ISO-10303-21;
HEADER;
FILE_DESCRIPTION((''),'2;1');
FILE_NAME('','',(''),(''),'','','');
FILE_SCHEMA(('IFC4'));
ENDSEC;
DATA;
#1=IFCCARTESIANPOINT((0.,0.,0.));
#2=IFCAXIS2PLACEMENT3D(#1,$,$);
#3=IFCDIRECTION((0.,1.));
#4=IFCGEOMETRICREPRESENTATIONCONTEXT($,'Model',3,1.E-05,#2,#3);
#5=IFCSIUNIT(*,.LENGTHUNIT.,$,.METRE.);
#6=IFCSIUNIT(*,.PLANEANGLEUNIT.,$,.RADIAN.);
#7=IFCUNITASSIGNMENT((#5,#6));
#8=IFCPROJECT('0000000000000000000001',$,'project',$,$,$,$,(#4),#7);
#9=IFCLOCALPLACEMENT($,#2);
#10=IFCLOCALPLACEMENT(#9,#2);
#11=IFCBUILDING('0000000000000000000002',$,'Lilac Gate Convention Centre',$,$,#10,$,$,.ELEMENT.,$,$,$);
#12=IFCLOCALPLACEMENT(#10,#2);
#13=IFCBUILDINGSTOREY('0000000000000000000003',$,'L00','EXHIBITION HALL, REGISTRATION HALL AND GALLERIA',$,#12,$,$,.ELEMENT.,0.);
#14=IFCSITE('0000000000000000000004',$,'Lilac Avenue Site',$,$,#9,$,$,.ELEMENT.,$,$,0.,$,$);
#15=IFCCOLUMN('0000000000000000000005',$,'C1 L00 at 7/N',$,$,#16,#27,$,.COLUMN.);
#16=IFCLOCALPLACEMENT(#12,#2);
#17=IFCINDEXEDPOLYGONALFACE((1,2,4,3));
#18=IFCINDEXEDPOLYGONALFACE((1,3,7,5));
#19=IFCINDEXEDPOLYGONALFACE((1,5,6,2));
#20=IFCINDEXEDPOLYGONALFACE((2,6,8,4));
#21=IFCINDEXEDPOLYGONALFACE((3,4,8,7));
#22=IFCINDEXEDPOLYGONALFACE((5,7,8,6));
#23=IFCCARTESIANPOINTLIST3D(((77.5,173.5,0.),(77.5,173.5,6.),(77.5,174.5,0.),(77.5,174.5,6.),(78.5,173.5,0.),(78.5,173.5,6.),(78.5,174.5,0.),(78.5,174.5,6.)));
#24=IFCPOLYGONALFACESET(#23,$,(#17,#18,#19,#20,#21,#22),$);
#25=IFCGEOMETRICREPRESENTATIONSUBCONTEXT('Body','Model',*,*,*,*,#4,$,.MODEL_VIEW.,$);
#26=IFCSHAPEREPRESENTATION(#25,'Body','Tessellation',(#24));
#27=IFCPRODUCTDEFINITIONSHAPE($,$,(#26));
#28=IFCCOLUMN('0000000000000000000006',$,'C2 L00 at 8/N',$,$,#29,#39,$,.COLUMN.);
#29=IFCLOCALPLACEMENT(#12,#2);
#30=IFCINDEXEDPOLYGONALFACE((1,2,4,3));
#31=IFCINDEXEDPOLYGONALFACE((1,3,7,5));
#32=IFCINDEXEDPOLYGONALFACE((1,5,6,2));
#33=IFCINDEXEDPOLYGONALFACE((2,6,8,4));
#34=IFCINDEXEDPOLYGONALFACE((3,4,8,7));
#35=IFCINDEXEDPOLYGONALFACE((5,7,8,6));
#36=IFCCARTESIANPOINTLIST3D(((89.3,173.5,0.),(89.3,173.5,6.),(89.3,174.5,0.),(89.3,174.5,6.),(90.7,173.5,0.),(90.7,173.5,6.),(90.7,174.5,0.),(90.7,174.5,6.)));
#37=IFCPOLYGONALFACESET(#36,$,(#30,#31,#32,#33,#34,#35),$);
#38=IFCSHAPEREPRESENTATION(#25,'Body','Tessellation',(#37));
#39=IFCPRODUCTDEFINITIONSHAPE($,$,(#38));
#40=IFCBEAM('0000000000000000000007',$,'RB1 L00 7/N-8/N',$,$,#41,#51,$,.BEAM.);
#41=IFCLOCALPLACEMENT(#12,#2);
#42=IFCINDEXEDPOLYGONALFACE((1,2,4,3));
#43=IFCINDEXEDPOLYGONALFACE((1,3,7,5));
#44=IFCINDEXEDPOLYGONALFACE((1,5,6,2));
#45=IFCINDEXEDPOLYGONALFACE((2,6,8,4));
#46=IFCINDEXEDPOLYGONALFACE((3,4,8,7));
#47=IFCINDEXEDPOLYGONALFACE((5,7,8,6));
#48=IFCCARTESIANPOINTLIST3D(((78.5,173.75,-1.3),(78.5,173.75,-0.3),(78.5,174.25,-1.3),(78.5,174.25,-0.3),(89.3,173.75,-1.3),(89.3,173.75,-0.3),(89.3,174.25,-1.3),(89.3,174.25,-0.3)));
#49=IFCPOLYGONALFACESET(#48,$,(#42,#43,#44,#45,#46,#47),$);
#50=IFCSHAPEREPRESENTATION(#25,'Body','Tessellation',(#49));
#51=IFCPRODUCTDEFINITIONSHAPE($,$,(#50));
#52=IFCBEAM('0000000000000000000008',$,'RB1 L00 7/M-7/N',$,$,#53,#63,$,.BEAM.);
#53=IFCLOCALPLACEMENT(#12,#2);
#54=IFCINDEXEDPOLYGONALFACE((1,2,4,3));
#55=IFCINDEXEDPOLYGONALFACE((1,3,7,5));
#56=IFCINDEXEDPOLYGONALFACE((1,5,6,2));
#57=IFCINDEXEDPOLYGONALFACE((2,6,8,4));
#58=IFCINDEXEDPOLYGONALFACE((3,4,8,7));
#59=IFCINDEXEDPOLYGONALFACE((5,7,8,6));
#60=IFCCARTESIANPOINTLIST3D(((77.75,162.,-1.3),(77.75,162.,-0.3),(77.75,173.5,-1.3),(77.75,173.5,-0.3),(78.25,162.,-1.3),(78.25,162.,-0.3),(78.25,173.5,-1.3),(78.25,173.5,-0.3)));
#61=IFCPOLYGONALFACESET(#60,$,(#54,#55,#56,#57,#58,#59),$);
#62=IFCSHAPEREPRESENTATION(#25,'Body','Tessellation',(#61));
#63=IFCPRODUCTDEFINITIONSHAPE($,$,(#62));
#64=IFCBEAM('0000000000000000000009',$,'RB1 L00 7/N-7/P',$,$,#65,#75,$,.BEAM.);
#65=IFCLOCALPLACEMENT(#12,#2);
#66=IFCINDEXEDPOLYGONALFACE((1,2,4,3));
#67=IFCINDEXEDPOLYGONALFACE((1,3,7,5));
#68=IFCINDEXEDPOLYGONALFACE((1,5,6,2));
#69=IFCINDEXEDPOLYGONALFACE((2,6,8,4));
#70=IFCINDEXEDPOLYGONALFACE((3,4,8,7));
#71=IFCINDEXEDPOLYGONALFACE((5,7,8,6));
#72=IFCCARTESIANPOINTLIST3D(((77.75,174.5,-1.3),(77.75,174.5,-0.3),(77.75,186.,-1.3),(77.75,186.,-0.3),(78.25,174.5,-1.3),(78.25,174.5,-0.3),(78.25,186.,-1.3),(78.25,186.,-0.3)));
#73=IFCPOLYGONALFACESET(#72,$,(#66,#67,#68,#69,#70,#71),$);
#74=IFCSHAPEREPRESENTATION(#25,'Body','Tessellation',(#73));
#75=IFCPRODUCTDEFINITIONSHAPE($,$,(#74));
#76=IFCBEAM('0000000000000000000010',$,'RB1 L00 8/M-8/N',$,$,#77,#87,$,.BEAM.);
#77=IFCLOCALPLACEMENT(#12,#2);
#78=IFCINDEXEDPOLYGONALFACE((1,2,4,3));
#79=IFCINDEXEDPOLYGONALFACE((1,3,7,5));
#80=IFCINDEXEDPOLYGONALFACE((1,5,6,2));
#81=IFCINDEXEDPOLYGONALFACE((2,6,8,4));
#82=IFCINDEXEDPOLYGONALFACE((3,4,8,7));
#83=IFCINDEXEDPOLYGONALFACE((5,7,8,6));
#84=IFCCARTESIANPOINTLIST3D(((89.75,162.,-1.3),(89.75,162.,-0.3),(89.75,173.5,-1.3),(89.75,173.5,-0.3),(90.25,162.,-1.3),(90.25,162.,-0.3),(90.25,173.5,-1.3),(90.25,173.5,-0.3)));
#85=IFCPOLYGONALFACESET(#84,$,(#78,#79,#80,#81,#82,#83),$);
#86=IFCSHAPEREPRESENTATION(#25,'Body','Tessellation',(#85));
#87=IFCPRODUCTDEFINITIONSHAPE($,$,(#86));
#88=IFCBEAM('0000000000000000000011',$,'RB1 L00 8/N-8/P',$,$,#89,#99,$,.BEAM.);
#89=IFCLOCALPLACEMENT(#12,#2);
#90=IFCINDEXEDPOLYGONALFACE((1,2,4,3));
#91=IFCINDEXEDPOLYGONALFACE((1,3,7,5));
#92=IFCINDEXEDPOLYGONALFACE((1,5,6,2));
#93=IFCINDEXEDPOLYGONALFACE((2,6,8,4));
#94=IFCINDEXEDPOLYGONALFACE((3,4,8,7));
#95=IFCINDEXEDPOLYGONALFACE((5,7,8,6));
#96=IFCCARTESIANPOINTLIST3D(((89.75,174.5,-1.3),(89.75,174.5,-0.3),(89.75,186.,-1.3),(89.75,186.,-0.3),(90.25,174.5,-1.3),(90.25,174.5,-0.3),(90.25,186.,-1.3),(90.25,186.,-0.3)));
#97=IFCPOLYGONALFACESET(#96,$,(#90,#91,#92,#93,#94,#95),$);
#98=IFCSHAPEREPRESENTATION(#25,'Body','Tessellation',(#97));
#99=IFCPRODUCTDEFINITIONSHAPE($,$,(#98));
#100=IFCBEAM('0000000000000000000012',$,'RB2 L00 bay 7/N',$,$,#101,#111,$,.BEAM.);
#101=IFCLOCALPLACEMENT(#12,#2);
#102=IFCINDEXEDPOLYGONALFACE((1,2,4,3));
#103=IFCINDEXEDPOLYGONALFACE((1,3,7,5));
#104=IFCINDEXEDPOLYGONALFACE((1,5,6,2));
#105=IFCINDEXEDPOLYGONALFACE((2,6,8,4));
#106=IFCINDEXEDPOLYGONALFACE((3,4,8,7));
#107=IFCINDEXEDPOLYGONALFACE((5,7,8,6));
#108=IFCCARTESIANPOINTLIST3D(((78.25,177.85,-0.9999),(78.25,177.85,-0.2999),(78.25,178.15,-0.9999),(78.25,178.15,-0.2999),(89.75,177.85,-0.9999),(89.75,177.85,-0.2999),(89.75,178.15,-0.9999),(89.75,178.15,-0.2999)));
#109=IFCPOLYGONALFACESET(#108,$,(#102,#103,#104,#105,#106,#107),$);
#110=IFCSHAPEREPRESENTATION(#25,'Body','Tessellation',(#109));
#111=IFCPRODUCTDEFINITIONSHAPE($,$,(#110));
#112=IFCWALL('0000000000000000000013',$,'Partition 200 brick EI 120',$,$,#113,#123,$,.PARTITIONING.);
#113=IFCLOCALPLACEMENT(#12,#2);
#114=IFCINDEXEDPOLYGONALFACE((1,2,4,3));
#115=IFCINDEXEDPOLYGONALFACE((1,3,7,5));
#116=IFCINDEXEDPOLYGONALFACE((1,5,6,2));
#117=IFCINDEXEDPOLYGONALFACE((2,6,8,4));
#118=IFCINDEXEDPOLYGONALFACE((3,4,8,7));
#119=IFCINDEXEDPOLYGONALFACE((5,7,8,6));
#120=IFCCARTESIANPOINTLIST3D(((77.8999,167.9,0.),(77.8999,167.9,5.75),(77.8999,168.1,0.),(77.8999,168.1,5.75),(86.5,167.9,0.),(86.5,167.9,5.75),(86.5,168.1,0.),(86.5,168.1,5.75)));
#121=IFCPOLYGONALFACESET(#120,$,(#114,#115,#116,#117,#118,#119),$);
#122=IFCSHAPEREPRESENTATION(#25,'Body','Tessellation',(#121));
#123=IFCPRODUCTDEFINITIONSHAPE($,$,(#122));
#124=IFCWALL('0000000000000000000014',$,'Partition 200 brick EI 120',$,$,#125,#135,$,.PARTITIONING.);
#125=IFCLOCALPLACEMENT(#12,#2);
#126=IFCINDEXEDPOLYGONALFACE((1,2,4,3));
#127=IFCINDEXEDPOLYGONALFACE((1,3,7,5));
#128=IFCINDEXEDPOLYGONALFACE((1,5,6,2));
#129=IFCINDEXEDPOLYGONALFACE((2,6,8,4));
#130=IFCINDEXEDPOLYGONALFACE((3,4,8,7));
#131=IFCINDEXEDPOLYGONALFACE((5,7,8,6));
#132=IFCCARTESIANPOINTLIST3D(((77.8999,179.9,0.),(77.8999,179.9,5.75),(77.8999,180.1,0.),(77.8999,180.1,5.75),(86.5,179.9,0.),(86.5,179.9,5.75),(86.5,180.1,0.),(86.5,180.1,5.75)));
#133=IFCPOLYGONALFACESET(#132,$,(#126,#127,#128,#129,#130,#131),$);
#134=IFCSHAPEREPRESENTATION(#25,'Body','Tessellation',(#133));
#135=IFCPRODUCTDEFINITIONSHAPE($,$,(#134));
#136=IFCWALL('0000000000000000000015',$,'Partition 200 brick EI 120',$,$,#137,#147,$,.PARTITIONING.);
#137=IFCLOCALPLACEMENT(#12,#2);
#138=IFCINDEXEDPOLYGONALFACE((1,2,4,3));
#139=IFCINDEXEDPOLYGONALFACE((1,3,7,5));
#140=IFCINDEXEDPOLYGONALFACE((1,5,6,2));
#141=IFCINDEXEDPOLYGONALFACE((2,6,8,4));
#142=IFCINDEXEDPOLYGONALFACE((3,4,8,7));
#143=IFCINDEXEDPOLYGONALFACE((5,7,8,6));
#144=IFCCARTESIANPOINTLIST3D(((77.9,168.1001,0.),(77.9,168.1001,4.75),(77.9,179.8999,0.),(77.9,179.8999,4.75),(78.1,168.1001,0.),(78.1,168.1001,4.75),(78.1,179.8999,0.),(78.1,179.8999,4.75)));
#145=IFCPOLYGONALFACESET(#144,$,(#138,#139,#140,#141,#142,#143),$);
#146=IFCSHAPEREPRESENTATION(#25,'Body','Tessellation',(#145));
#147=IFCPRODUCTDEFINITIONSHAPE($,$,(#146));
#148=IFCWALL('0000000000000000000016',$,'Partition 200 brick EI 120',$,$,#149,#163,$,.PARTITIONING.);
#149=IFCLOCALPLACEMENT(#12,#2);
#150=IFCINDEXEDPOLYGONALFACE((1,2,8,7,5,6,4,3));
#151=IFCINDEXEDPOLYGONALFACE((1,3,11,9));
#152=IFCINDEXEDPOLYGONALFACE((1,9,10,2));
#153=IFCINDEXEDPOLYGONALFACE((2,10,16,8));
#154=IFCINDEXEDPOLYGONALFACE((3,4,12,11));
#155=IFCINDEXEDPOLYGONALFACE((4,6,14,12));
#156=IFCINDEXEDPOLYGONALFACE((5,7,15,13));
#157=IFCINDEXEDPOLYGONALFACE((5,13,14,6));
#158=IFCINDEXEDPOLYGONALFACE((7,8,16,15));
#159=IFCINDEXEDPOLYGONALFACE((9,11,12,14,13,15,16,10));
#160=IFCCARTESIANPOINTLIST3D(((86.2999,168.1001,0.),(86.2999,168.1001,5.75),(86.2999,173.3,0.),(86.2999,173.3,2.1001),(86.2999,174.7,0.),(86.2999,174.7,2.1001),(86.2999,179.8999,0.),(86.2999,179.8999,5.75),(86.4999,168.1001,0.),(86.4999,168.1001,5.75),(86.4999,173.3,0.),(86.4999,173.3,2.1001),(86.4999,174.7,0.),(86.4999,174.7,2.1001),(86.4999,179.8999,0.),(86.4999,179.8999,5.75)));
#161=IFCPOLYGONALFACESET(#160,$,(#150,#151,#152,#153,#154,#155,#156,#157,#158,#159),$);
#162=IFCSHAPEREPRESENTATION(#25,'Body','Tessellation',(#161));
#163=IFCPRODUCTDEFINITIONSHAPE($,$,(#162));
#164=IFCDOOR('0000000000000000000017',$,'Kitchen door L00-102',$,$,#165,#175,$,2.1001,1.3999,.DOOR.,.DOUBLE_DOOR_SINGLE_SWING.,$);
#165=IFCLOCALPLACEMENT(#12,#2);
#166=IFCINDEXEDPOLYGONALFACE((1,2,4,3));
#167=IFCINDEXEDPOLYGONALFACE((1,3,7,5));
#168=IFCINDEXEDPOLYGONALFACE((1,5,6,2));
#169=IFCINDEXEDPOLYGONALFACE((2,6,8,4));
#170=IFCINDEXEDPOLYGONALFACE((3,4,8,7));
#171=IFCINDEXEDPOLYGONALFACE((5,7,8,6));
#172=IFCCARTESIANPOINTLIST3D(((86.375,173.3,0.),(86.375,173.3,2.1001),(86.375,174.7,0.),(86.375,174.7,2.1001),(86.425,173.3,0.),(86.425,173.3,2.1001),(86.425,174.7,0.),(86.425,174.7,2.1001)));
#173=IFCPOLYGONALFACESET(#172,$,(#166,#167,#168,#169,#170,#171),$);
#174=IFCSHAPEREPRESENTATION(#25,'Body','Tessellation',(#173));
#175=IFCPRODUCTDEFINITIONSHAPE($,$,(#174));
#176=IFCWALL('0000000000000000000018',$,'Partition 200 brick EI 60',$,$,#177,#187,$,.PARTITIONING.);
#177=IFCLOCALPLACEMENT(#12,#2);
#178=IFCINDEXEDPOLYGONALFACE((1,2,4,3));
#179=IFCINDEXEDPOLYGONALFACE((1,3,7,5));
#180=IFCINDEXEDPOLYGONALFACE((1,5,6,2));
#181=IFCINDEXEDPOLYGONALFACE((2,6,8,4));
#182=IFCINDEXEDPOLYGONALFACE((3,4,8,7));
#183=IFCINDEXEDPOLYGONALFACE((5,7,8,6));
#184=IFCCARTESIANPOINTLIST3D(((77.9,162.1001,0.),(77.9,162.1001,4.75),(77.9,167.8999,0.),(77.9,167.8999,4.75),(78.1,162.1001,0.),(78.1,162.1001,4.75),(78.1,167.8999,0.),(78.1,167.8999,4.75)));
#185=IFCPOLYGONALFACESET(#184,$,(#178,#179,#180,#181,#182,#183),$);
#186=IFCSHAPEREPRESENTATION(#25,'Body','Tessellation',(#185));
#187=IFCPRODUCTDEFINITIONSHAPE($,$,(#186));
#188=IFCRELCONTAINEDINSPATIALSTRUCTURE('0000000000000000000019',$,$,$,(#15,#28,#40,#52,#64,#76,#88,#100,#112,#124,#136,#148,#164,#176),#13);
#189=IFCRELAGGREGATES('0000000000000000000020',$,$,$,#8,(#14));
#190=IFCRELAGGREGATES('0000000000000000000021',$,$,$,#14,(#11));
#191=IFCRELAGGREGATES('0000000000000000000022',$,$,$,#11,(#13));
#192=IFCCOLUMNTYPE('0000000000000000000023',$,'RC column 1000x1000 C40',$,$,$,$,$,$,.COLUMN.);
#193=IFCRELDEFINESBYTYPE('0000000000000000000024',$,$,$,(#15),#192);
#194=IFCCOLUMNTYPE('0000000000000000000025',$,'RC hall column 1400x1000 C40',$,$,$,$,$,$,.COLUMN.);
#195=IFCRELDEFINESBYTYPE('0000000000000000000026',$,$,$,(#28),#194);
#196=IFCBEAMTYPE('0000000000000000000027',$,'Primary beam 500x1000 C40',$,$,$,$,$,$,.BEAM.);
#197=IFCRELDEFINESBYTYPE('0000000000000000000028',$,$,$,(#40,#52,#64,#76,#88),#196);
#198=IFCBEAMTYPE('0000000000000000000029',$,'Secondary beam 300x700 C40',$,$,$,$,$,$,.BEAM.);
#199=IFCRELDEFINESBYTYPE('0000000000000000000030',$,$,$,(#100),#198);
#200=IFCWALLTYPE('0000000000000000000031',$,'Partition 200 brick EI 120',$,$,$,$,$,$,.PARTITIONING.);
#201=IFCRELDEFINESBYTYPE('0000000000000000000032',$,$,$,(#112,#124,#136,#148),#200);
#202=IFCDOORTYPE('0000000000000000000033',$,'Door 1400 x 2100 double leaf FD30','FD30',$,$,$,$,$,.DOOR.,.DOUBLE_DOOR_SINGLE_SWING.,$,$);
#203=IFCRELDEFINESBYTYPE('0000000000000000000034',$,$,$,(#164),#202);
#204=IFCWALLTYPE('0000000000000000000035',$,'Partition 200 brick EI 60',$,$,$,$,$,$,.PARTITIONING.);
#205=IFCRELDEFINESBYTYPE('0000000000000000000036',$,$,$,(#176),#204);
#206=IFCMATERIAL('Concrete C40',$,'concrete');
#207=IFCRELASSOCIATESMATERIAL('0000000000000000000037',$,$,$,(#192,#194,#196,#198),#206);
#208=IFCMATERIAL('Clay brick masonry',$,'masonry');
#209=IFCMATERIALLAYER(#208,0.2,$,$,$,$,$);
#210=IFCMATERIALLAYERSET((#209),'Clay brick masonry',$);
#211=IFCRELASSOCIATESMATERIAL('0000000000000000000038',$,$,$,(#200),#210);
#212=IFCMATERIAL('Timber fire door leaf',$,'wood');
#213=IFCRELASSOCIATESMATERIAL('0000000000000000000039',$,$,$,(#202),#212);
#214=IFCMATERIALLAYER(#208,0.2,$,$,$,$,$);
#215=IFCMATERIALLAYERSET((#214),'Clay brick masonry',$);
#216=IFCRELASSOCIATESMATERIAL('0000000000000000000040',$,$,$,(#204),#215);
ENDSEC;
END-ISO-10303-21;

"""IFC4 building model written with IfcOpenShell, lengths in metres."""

from ifc_helpers import new_model, si_unit, direction, frame, frame_2d, origin, origin_2d, place, context, subcontext, project, spatial, rectangle, extrude, material, layer, layer_set, material_profile, profile_set, type_object, element, fill, save


model = new_model("IFC4")

# Units and contexts
model_context = context("Model", 3, precision=1e-05, world=origin(), true_north=direction((0.0, 1.0)))
body_context = subcontext(model_context, "Body", "Model", "MODEL_VIEW")
ifc_project = project(units=[si_unit("LENGTHUNIT", "METRE"), si_unit("PLANEANGLEUNIT", "RADIAN")], contexts=[model_context])

# Site, building, storey
site_placement = place(None, origin())
site = spatial("IfcSite", under=ifc_project, at=site_placement, Name="Lilac Avenue Site", CompositionType="ELEMENT", RefElevation=0.0)
building_placement = place(site_placement, origin())
building = spatial("IfcBuilding", under=site, at=building_placement, Name="Lilac Gate Convention Centre", CompositionType="ELEMENT")
storey_placement = place(building_placement, origin())
storey = spatial("IfcBuildingStorey", under=building, at=storey_placement, Name="L00", Description="EXHIBITION HALL, REGISTRATION HALL AND GALLERIA", CompositionType="ELEMENT", Elevation=0.0)

# Columns
ifc_material_1 = material(Name="Concrete C40", Category="concrete")
ifc_material_profile_1 = material_profile(ifc_material_1, rectangle(XDim=1.0, YDim=1.0, at=origin_2d()), Name="RC 1000x1000")
ifc_profile_set_1 = profile_set([ifc_material_profile_1], Name="Concrete C40")
column_type_1 = type_object("IfcColumnType", Name="RC column 1000x1000 C40", PredefinedType="COLUMN", material=ifc_profile_set_1)
column_1_placement = place(storey_placement, frame((78.0, 174.0, 0.0), z_axis=(0.0, 0.0, 1.0), x_axis=(1.0, 0.0, 0.0)))
element("IfcColumn", 1, at=column_1_placement, inside=storey, type_object=column_type_1, Name="C1 L00 at 7/N", PredefinedType="COLUMN", context=body_context, shape_type="SweptSolid", body=[
    extrude(rectangle(XDim=1.0, YDim=1.0, at=origin_2d()), origin(), (0.0, 0.0, 1.0), 6.0),
])
ifc_material_profile_2 = material_profile(ifc_material_1, rectangle(XDim=1.3999, YDim=1.0, at=origin_2d()), Name="RC 1400x1000")
ifc_profile_set_2 = profile_set([ifc_material_profile_2], Name="Concrete C40")
column_type_2 = type_object("IfcColumnType", Name="RC hall column 1400x1000 C40", PredefinedType="COLUMN", material=ifc_profile_set_2)
column_2_placement = place(storey_placement, frame((90.0, 174.0, 0.0), z_axis=(0.0, 0.0, 1.0), x_axis=(1.0, 0.0, 0.0)))
element("IfcColumn", 2, at=column_2_placement, inside=storey, type_object=column_type_2, Name="C2 L00 at 8/N", PredefinedType="COLUMN", context=body_context, shape_type="SweptSolid", body=[
    extrude(rectangle(XDim=1.3999, YDim=1.0, at=origin_2d()), origin(), (0.0, 0.0, 1.0), 6.0),
])

# Beams
ifc_material_profile_3 = material_profile(ifc_material_1, rectangle(XDim=0.5, YDim=1.0, at=origin_2d()), Name="RC 500x1000")
ifc_profile_set_3 = profile_set([ifc_material_profile_3], Name="Concrete C40")
beam_type_1 = type_object("IfcBeamType", Name="Primary beam 500x1000 C40", PredefinedType="BEAM", material=ifc_profile_set_3)
beam_1_placement = place(storey_placement, frame((78.5, 174.0, -0.8), z_axis=(1.0, 0.0, 0.0), x_axis=(0.0, 1.0, 0.0)))
element("IfcBeam", 3, at=beam_1_placement, inside=storey, type_object=beam_type_1, Name="RB1 L00 7/N-8/N", PredefinedType="BEAM", context=body_context, shape_type="SweptSolid", body=[
    extrude(rectangle(XDim=0.5, YDim=1.0, at=origin_2d()), origin(), (0.0, 0.0, 1.0), 10.8),
])
for number, where, z_axis, x_axis, name in (
    (4, (78.0, 162.0, -0.8), (0.0, 1.0, 0.0), (-1.0, 0.0, 0.0), "RB1 L00 7/M-7/N"),
    (5, (78.0, 174.5, -0.8), (0.0, 1.0, 0.0), (-1.0, 0.0, 0.0), "RB1 L00 7/N-7/P"),
    (6, (90.0, 162.0, -0.8), (0.0, 1.0, 0.0), (-1.0, 0.0, 0.0), "RB1 L00 8/M-8/N"),
    (7, (90.0, 174.5, -0.8), (0.0, 1.0, 0.0), (-1.0, 0.0, 0.0), "RB1 L00 8/N-8/P"),
):
    element("IfcBeam", number, at=place(storey_placement, frame(where, z_axis=z_axis, x_axis=x_axis)), inside=storey, type_object=beam_type_1, Name=name, PredefinedType="BEAM", context=body_context, shape_type="SweptSolid", body=[
        extrude(rectangle(XDim=0.5, YDim=1.0, at=origin_2d()), origin(), (0.0, 0.0, 1.0), 11.5),
    ])
ifc_material_profile_4 = material_profile(ifc_material_1, rectangle(XDim=0.3, YDim=0.7, at=origin_2d()), Name="RC 300x700")
ifc_profile_set_4 = profile_set([ifc_material_profile_4], Name="Concrete C40")
beam_type_2 = type_object("IfcBeamType", Name="Secondary beam 300x700 C40", PredefinedType="BEAM", material=ifc_profile_set_4)
beam_2_placement = place(storey_placement, frame((78.25, 178.0, -0.6499), z_axis=(1.0, 0.0, 0.0), x_axis=(0.0, 1.0, 0.0)))
element("IfcBeam", 8, at=beam_2_placement, inside=storey, type_object=beam_type_2, Name="RB2 L00 bay 7/N", PredefinedType="BEAM", context=body_context, shape_type="SweptSolid", body=[
    extrude(rectangle(XDim=0.3, YDim=0.7, at=origin_2d()), origin(), (0.0, 0.0, 1.0), 11.5),
])

# Walls
ifc_material_2 = material(Name="Clay brick masonry", Category="masonry")
ifc_layer_1 = layer(ifc_material_2, 0.2)
ifc_layer_set_1 = layer_set([ifc_layer_1], Name="Clay brick masonry")
wall_type_1 = type_object("IfcWallType", Name="Partition 200 brick EI 120", PredefinedType="PARTITIONING", material=ifc_layer_set_1)
for number, where, z_axis, x_axis, name in (
    (9, (77.8999, 168.0, 0.0), (0.0, 0.0, 1.0), (1.0, 0.0, 0.0), "Partition 200 brick EI 120"),
    (10, (77.8999, 180.0, 0.0), (0.0, 0.0, 1.0), (1.0, 0.0, 0.0), "Partition 200 brick EI 120"),
):
    element("IfcWall", number, at=place(storey_placement, frame(where, z_axis=z_axis, x_axis=x_axis)), inside=storey, type_object=wall_type_1, Name=name, PredefinedType="PARTITIONING", context=body_context, shape_type="SweptSolid", body=[
        extrude(rectangle(XDim=8.6001, YDim=0.2, at=frame_2d((4.3, 0.0))), origin(), (0.0, 0.0, 1.0), 5.75),
    ])
wall_1_placement = place(storey_placement, frame((78.0, 168.1001, 0.0), z_axis=(0.0, 0.0, 1.0), x_axis=(0.0, 1.0, 0.0)))
element("IfcWall", 11, at=wall_1_placement, inside=storey, type_object=wall_type_1, Name="Partition 200 brick EI 120", PredefinedType="PARTITIONING", context=body_context, shape_type="SweptSolid", body=[
    extrude(rectangle(XDim=11.7998, YDim=0.2, at=frame_2d((5.8999, 0.0))), origin(), (0.0, 0.0, 1.0), 4.75),
])

# Wall, opening, door
wall_2_placement = place(storey_placement, frame((86.3999, 168.1001, 0.0), z_axis=(0.0, 0.0, 1.0), x_axis=(0.0, 1.0, 0.0)))
wall_2 = element("IfcWall", 12, at=wall_2_placement, inside=storey, type_object=wall_type_1, Name="Partition 200 brick EI 120", PredefinedType="PARTITIONING", context=body_context, shape_type="SweptSolid", body=[
    extrude(rectangle(XDim=11.7998, YDim=0.2, at=frame_2d((5.8999, 0.0))), origin(), (0.0, 0.0, 1.0), 5.75),
])
opening_1_placement = place(wall_2_placement, frame((5.2, 0.0, 0.0)))
opening_1 = element("IfcOpeningElement", 13, at=opening_1_placement, cuts=wall_2, PredefinedType="OPENING", context=body_context, shape_type="SweptSolid", body=[
    extrude(rectangle(XDim=1.3999, YDim=2.1001, at=frame_2d((0.7, 1.05))), frame((0.0, 0.1099, 0.0), z_axis=(0.0, -1.0, 0.0), x_axis=(1.0, 0.0, 0.0)), (0.0, 0.0, 1.0), 0.22),
])
ifc_material_3 = material(Name="Timber fire door leaf", Category="wood")
door_type_1 = type_object("IfcDoorType", Name="Door 1400 x 2100 double leaf FD30", Description="FD30", OperationType="DOUBLE_DOOR_SINGLE_SWING", PredefinedType="DOOR", material=ifc_material_3)
door_1_placement = place(opening_1_placement, origin())
door_1 = element("IfcDoor", 14, at=door_1_placement, inside=storey, type_object=door_type_1, Name="Kitchen door L00-102", OperationType="DOUBLE_DOOR_SINGLE_SWING", OverallHeight=2.1001, OverallWidth=1.3999, PredefinedType="DOOR", context=body_context, shape_type="SweptSolid", body=[
    extrude(rectangle(XDim=1.3999, YDim=2.1001, at=frame_2d((0.7, 1.05))), frame((0.0, 0.0249, 0.0), z_axis=(0.0, -1.0, 0.0), x_axis=(1.0, 0.0, 0.0)), (0.0, 0.0, 1.0), 0.05),
])
fill(opening_1, door_1)

# Wall
ifc_layer_2 = layer(ifc_material_2, 0.2)
ifc_layer_set_2 = layer_set([ifc_layer_2], Name="Clay brick masonry")
wall_type_2 = type_object("IfcWallType", Name="Partition 200 brick EI 60", PredefinedType="PARTITIONING", material=ifc_layer_set_2)
wall_3_placement = place(storey_placement, frame((78.0, 162.1001, 0.0), z_axis=(0.0, 0.0, 1.0), x_axis=(0.0, 1.0, 0.0)))
element("IfcWall", 15, at=wall_3_placement, inside=storey, type_object=wall_type_2, Name="Partition 200 brick EI 60", PredefinedType="PARTITIONING", context=body_context, shape_type="SweptSolid", body=[
    extrude(rectangle(XDim=5.7998, YDim=0.2, at=frame_2d((2.8999, 0.0))), origin(), (0.0, 0.0, 1.0), 4.75),
])

save(model, "model.ifc")
